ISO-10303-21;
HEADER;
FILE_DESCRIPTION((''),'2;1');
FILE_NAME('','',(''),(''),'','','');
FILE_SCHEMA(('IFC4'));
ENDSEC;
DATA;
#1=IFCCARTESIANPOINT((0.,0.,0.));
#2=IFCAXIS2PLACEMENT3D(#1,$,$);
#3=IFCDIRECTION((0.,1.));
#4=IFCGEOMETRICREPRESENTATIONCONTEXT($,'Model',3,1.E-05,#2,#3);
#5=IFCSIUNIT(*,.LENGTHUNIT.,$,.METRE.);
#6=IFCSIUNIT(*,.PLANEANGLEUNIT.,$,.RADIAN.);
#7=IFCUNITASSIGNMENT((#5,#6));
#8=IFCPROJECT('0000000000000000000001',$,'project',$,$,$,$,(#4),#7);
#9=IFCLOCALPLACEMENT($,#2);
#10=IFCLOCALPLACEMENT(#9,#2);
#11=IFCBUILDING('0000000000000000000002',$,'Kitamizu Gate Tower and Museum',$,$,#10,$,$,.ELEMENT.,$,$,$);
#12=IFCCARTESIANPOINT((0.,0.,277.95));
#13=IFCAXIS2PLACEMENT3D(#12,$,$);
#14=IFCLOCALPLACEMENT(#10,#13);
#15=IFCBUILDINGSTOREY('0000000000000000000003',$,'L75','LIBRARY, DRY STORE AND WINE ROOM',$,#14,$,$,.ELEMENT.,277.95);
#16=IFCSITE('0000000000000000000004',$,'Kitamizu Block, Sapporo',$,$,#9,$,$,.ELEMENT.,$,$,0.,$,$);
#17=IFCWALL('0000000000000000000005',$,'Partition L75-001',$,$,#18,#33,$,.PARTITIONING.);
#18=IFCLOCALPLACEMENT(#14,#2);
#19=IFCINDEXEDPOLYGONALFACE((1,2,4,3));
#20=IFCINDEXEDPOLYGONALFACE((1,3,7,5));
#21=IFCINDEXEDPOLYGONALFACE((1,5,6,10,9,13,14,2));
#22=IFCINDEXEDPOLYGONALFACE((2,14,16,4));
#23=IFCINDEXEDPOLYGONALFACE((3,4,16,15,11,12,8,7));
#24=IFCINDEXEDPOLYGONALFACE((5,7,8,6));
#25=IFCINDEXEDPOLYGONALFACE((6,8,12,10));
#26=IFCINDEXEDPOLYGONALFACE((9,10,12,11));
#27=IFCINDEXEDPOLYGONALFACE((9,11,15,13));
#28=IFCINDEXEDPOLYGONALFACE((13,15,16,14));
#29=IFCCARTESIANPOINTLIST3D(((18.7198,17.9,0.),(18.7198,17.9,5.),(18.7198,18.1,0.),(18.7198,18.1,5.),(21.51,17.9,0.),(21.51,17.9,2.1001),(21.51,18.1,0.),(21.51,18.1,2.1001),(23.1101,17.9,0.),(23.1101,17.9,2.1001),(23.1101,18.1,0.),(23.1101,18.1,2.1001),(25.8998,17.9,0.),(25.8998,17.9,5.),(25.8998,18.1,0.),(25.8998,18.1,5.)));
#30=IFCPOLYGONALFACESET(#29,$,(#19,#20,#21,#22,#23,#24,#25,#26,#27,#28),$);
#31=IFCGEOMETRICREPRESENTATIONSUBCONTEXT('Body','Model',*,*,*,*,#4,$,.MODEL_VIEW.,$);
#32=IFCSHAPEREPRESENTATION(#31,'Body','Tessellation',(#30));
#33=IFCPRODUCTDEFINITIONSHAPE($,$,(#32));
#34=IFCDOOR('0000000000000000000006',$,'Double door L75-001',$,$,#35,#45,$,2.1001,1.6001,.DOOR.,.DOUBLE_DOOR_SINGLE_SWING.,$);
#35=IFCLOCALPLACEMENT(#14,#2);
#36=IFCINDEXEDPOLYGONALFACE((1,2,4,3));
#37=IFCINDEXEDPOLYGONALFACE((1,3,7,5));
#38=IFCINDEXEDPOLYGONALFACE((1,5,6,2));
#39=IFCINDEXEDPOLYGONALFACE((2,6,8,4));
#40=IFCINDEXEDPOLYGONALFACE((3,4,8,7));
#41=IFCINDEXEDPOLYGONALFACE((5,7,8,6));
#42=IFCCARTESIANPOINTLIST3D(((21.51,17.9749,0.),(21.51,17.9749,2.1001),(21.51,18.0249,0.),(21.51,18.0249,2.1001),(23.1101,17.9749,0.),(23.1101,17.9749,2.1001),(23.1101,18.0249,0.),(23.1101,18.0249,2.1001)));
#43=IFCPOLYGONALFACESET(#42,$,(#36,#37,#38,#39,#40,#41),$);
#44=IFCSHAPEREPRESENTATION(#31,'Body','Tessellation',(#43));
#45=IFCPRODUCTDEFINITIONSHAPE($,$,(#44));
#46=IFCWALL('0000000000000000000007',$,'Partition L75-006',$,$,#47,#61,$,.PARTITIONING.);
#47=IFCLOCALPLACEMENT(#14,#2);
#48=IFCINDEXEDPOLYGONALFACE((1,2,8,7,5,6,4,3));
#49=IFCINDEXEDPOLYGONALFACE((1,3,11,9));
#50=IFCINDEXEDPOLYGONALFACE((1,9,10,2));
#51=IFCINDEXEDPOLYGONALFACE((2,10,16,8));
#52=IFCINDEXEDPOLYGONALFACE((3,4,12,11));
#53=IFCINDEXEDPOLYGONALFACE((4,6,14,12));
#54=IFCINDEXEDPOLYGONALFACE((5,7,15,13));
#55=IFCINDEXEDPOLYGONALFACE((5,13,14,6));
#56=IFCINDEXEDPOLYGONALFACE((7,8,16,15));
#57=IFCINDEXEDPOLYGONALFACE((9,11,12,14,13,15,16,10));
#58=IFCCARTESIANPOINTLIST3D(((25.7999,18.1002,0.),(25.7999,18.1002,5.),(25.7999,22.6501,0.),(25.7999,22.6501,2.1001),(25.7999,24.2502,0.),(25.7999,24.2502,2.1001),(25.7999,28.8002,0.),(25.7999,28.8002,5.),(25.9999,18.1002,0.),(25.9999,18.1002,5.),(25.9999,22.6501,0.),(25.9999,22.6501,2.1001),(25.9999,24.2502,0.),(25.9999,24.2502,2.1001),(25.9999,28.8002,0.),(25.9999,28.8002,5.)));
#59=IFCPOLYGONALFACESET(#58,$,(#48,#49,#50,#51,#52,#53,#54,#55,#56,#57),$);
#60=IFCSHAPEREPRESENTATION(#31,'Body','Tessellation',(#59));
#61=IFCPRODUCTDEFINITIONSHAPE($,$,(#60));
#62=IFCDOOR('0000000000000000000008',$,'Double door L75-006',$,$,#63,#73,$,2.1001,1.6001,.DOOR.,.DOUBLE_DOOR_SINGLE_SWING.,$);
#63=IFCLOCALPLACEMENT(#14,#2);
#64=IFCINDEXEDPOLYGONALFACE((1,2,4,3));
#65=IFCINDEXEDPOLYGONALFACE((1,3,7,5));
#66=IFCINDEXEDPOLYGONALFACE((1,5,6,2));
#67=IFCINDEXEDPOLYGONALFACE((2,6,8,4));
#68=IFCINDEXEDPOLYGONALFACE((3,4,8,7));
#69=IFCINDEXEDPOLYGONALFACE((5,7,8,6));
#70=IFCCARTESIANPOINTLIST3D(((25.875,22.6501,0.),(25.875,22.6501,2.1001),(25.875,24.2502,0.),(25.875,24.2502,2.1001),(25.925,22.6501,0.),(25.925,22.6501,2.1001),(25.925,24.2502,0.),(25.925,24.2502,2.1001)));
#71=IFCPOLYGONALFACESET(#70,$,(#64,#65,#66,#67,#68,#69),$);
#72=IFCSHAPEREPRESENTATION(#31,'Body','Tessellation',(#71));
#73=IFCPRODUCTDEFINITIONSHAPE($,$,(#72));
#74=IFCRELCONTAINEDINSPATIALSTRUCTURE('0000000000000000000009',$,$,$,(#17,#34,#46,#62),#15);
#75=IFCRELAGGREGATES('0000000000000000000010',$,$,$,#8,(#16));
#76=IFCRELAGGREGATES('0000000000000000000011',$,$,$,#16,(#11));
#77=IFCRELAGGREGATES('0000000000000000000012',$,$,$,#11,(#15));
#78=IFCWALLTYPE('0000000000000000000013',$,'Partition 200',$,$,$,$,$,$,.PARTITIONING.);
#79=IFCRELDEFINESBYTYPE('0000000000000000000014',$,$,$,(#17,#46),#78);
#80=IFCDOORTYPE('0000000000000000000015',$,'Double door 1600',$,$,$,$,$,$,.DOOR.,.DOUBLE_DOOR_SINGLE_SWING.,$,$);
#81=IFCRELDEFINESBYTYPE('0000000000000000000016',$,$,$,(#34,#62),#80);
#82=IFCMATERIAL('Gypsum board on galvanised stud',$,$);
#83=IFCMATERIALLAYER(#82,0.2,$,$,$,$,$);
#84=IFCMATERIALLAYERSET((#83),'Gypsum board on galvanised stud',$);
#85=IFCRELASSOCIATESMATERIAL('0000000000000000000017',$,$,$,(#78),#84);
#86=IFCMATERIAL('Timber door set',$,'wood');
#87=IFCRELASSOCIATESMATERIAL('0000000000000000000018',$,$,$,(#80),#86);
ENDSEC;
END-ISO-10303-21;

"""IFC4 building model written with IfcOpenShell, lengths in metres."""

from ifc_helpers import new_model, si_unit, direction, frame, frame_2d, origin, place, context, subcontext, project, spatial, rectangle, extrude, material, layer, layer_set, type_object, element, fill, save


model = new_model("IFC4")

# Units and contexts
model_context = context("Model", 3, precision=1e-05, world=origin(), true_north=direction((0.0, 1.0)))
body_context = subcontext(model_context, "Body", "Model", "MODEL_VIEW")
ifc_project = project(units=[si_unit("LENGTHUNIT", "METRE"), si_unit("PLANEANGLEUNIT", "RADIAN")], contexts=[model_context])

# Site, building, storey
site_placement = place(None, origin())
site = spatial("IfcSite", under=ifc_project, at=site_placement, Name="Kitamizu Block, Sapporo", CompositionType="ELEMENT", RefElevation=0.0)
building_placement = place(site_placement, origin())
building = spatial("IfcBuilding", under=site, at=building_placement, Name="Kitamizu Gate Tower and Museum", CompositionType="ELEMENT")
storey_placement = place(building_placement, frame((0.0, 0.0, 277.95)))
storey = spatial("IfcBuildingStorey", under=building, at=storey_placement, Name="L75", Description="LIBRARY, DRY STORE AND WINE ROOM", CompositionType="ELEMENT", Elevation=277.95)

# Walls, openings, doors
ifc_material_1 = material(Name="Gypsum board on galvanised stud")
ifc_layer_1 = layer(ifc_material_1, 0.2)
ifc_layer_set_1 = layer_set([ifc_layer_1], Name="Gypsum board on galvanised stud")
wall_type_1 = type_object("IfcWallType", Name="Partition 200", PredefinedType="PARTITIONING", material=ifc_layer_set_1)
wall_1_placement = place(storey_placement, frame((18.72, 18.0, 0.0), z_axis=(0.0, 0.0, 1.0), x_axis=(1.0, 0.0, 0.0)))
wall_1 = element("IfcWall", 1, at=wall_1_placement, inside=storey, type_object=wall_type_1, Name="Partition L75-001", PredefinedType="PARTITIONING", context=body_context, shape_type="SweptSolid", body=[
    extrude(rectangle(XDim=7.1799, YDim=0.2, at=frame_2d((3.5898, 0.0))), origin(), (0.0, 0.0, 1.0), 5.0),
])
opening_1_placement = place(wall_1_placement, frame((2.79, 0.0, 0.0)))
opening_1 = element("IfcOpeningElement", 2, at=opening_1_placement, cuts=wall_1, PredefinedType="OPENING", context=body_context, shape_type="SweptSolid", body=[
    extrude(rectangle(XDim=1.6001, YDim=2.1001, at=frame_2d((0.8, 1.05))), frame((0.0, 0.1099, 0.0), z_axis=(0.0, -1.0, 0.0), x_axis=(1.0, 0.0, 0.0)), (0.0, 0.0, 1.0), 0.22),
])
ifc_material_2 = material(Name="Timber door set", Category="wood")
door_type_1 = type_object("IfcDoorType", Name="Double door 1600", OperationType="DOUBLE_DOOR_SINGLE_SWING", PredefinedType="DOOR", material=ifc_material_2)
door_1_placement = place(opening_1_placement, origin())
door_1 = element("IfcDoor", 3, at=door_1_placement, inside=storey, type_object=door_type_1, Name="Double door L75-001", OperationType="DOUBLE_DOOR_SINGLE_SWING", OverallHeight=2.1001, OverallWidth=1.6001, PredefinedType="DOOR", context=body_context, shape_type="SweptSolid", body=[
    extrude(rectangle(XDim=1.6001, YDim=2.1001, at=frame_2d((0.8, 1.05))), frame((0.0, 0.0249, 0.0), z_axis=(0.0, -1.0, 0.0), x_axis=(1.0, 0.0, 0.0)), (0.0, 0.0, 1.0), 0.05),
])
fill(opening_1, door_1)
wall_2_placement = place(storey_placement, frame((25.8999, 18.1001, 0.0), z_axis=(0.0, 0.0, 1.0), x_axis=(0.0, 1.0, 0.0)))
wall_2 = element("IfcWall", 4, at=wall_2_placement, inside=storey, type_object=wall_type_1, Name="Partition L75-006", PredefinedType="PARTITIONING", context=body_context, shape_type="SweptSolid", body=[
    extrude(rectangle(XDim=10.7, YDim=0.2, at=frame_2d((5.3501, 0.0))), origin(), (0.0, 0.0, 1.0), 5.0),
])
opening_2_placement = place(wall_2_placement, frame((4.55, 0.0, 0.0)))
opening_2 = element("IfcOpeningElement", 5, at=opening_2_placement, cuts=wall_2, PredefinedType="OPENING", context=body_context, shape_type="SweptSolid", body=[
    extrude(rectangle(XDim=1.6001, YDim=2.1001, at=frame_2d((0.8, 1.05))), frame((0.0, 0.1099, 0.0), z_axis=(0.0, -1.0, 0.0), x_axis=(1.0, 0.0, 0.0)), (0.0, 0.0, 1.0), 0.22),
])
door_2_placement = place(opening_2_placement, origin())
door_2 = element("IfcDoor", 6, at=door_2_placement, inside=storey, type_object=door_type_1, Name="Double door L75-006", OperationType="DOUBLE_DOOR_SINGLE_SWING", OverallHeight=2.1001, OverallWidth=1.6001, PredefinedType="DOOR", context=body_context, shape_type="SweptSolid", body=[
    extrude(rectangle(XDim=1.6001, YDim=2.1001, at=frame_2d((0.8, 1.05))), frame((0.0, 0.0249, 0.0), z_axis=(0.0, -1.0, 0.0), x_axis=(1.0, 0.0, 0.0)), (0.0, 0.0, 1.0), 0.05),
])
fill(opening_2, door_2)

save(model, "model.ifc")
